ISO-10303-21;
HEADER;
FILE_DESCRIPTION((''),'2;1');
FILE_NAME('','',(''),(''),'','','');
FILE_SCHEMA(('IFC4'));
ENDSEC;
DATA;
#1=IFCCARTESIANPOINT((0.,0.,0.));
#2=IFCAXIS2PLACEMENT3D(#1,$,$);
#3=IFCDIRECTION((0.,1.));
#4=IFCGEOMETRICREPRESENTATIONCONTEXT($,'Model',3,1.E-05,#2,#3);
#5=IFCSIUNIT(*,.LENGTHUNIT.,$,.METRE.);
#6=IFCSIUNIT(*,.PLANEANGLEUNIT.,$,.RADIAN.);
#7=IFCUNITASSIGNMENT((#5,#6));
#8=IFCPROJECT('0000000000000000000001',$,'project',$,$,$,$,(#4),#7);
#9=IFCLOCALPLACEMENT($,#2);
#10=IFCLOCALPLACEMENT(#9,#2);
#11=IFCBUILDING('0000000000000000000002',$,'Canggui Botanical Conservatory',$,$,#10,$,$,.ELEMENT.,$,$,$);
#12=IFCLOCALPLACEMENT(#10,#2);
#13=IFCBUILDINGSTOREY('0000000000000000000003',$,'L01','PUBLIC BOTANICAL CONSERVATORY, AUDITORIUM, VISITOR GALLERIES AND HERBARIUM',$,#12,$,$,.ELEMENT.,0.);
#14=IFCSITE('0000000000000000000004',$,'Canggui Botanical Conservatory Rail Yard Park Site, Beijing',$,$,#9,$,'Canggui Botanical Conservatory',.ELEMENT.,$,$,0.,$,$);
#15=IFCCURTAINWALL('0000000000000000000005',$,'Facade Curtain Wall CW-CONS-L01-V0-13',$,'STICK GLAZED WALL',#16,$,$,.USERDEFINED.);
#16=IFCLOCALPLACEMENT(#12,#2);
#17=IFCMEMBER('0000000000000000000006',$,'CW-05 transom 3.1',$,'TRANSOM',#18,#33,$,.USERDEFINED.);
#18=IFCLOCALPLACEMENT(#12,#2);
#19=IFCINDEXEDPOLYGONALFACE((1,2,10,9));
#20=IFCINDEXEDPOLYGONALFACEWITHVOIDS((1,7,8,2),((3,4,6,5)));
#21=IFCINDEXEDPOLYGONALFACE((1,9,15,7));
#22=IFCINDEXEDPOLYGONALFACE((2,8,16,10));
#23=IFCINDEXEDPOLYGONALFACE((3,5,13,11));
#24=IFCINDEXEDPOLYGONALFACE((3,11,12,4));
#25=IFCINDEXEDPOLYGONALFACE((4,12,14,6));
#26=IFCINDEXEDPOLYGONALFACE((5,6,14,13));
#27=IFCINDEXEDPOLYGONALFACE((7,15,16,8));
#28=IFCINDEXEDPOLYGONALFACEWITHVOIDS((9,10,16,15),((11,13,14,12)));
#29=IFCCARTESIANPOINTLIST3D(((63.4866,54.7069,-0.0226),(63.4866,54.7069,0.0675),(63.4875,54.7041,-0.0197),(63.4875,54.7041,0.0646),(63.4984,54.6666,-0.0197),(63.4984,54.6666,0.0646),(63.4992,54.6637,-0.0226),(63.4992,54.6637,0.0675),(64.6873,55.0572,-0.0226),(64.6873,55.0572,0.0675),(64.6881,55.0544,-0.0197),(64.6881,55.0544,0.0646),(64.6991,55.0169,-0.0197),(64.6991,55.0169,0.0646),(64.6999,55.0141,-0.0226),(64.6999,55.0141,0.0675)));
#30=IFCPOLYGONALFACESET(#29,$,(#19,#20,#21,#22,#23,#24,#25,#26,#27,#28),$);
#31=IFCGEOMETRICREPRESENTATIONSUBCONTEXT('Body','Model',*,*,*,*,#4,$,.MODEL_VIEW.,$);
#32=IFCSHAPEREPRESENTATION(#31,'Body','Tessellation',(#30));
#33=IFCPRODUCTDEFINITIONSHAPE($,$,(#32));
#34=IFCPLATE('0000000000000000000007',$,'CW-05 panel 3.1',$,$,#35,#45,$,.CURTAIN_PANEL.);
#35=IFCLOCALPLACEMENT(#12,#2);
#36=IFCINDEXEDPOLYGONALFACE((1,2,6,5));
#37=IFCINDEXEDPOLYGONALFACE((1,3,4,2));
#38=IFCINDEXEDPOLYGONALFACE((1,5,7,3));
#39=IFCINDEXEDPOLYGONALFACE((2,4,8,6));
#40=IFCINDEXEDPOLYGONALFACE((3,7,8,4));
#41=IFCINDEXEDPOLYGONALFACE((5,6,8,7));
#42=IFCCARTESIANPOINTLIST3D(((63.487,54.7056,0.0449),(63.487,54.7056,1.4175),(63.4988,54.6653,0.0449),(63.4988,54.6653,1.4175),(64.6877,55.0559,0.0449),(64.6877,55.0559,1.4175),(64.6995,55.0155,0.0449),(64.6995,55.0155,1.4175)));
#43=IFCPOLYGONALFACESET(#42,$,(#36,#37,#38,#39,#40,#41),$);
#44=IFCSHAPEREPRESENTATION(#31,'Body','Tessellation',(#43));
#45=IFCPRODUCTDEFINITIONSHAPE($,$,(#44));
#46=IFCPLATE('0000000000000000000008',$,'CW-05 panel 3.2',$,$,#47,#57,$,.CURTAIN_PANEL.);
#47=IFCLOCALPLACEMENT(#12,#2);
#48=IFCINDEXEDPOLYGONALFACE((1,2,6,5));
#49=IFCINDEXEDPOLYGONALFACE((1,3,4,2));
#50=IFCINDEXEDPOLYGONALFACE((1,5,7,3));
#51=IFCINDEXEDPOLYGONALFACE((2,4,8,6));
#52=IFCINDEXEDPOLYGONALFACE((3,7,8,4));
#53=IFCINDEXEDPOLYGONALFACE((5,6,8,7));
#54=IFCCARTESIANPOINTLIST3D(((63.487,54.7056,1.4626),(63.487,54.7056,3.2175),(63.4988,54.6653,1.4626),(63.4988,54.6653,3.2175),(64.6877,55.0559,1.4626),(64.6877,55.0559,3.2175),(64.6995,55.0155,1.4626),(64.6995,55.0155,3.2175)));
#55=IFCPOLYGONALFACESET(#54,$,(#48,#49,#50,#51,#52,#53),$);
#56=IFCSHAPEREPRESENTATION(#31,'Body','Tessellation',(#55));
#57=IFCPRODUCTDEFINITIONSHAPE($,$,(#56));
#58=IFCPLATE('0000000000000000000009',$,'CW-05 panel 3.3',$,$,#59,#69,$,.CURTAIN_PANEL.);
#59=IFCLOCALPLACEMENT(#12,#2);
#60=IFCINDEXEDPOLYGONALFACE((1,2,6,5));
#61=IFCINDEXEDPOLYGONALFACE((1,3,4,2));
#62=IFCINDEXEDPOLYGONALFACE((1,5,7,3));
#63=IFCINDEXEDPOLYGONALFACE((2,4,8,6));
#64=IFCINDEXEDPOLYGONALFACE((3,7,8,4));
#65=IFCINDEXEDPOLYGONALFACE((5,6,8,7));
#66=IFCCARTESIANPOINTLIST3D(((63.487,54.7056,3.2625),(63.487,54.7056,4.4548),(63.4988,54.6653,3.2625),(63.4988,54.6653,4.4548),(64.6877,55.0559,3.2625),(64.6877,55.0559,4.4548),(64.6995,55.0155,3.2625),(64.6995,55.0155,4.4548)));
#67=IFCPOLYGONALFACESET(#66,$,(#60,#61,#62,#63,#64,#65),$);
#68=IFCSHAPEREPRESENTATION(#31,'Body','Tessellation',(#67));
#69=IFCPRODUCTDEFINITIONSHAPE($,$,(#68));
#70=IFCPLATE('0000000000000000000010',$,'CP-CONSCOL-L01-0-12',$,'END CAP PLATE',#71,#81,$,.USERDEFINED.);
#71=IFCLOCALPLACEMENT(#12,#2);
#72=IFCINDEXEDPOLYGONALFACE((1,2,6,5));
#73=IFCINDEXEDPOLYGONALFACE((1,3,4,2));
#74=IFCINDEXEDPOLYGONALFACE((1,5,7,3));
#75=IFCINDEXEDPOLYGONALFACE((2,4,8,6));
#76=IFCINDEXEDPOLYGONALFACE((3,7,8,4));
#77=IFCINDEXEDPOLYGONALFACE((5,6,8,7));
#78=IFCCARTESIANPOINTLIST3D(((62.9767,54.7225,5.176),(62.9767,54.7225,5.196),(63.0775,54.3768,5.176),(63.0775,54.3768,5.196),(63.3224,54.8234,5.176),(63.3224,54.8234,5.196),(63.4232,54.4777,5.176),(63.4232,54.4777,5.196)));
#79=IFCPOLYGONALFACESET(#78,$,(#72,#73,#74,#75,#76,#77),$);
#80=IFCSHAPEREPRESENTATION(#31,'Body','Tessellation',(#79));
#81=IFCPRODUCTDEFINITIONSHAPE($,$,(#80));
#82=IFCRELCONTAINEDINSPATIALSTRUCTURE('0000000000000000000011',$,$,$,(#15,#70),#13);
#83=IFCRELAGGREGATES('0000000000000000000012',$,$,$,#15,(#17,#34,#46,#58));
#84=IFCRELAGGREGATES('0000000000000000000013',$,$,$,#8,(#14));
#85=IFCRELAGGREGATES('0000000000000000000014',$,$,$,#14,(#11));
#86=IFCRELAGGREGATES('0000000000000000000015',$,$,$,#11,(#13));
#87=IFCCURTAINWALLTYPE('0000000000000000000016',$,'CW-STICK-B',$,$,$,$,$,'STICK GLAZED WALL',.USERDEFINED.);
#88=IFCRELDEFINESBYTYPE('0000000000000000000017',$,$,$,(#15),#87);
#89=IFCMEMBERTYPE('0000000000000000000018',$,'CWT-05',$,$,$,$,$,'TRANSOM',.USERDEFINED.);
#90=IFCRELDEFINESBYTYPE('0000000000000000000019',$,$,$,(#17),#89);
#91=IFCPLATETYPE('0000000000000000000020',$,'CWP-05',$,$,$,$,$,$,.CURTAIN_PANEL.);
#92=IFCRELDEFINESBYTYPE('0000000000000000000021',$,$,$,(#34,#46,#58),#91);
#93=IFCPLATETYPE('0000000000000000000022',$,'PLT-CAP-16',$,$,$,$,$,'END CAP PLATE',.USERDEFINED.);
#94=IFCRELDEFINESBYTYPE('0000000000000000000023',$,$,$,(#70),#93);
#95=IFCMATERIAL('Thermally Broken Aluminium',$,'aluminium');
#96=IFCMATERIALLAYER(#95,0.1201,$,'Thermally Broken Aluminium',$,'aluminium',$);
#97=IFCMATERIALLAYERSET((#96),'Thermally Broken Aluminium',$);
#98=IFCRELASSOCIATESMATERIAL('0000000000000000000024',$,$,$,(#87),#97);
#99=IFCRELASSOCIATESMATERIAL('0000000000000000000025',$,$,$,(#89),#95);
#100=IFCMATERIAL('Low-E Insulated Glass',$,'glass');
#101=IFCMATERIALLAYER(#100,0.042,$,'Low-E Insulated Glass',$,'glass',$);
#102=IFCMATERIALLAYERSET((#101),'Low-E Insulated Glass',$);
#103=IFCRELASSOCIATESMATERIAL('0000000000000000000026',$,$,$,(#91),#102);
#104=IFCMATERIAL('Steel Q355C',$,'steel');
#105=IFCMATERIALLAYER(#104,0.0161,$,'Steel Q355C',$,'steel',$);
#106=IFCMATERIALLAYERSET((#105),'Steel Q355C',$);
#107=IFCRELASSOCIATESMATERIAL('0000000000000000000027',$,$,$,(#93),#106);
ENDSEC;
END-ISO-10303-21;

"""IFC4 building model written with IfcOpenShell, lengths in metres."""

from ifc_helpers import new_model, si_unit, direction, frame, origin, origin_2d, place, context, subcontext, project, spatial, rectangle, hollow_rectangle, extrude, material, layer, layer_set, material_profile, profile_set, type_object, element, aggregate, save


model = new_model("IFC4")

# Units and contexts
model_context = context("Model", 3, precision=1e-05, world=origin(), true_north=direction((0.0, 1.0)))
body_context = subcontext(model_context, "Body", "Model", "MODEL_VIEW")
ifc_project = project(units=[si_unit("LENGTHUNIT", "METRE"), si_unit("PLANEANGLEUNIT", "RADIAN")], contexts=[model_context])

# Site, building, storey
site_placement = place(None, origin())
site = spatial("IfcSite", under=ifc_project, at=site_placement, Name="Canggui Botanical Conservatory Rail Yard Park Site, Beijing", LongName="Canggui Botanical Conservatory", CompositionType="ELEMENT", RefElevation=0.0)
building_placement = place(site_placement, origin())
building = spatial("IfcBuilding", under=site, at=building_placement, Name="Canggui Botanical Conservatory", CompositionType="ELEMENT")
storey_placement = place(building_placement, origin())
storey = spatial("IfcBuildingStorey", under=building, at=storey_placement, Name="L01", Description="PUBLIC BOTANICAL CONSERVATORY, AUDITORIUM, VISITOR GALLERIES AND HERBARIUM", CompositionType="ELEMENT", Elevation=0.0)

# Shared definitions
ifc_material_1 = material(Name="Steel Q355C", Category="steel")

# Curtain wall
ifc_material_2 = material(Name="Thermally Broken Aluminium", Category="aluminium")
ifc_layer_1 = layer(ifc_material_2, 0.1201, Name="Thermally Broken Aluminium", Category="aluminium")
ifc_layer_set_1 = layer_set([ifc_layer_1], Name="Thermally Broken Aluminium")
curtain_wall_type_1 = type_object("IfcCurtainWallType", Name="CW-STICK-B", ElementType="STICK GLAZED WALL", PredefinedType="USERDEFINED", material=ifc_layer_set_1)
curtain_wall_1_placement = place(storey_placement, origin())
curtain_wall_1 = element("IfcCurtainWall", 1, at=curtain_wall_1_placement, inside=storey, type_object=curtain_wall_type_1, Name="Facade Curtain Wall CW-CONS-L01-V0-13", ObjectType="STICK GLAZED WALL", PredefinedType="USERDEFINED")

# Member
ifc_material_profile_1 = material_profile(ifc_material_2, hollow_rectangle(XDim=0.0449, YDim=0.0901, WallThickness=0.0029, at=origin_2d()), Name="CWT 45x90x3")
ifc_profile_set_1 = profile_set([ifc_material_profile_1], Name="Thermally Broken Aluminium")
member_type_1 = type_object("IfcMemberType", Name="CWT-05", ElementType="TRANSOM", PredefinedType="USERDEFINED", material=ifc_profile_set_1)
member_1_placement = place(storey_placement, frame((64.6936, 55.0356, 0.0225), z_axis=(-0.959969, -0.280105, 0.0), x_axis=(0.280105, -0.959969, 0.0)))
member_1 = element("IfcMember", 2, at=member_1_placement, type_object=member_type_1, Name="CW-05 transom 3.1", ObjectType="TRANSOM", PredefinedType="USERDEFINED", context=body_context, shape_type="SweptSolid", body=[
    extrude(hollow_rectangle(XDim=0.0449, YDim=0.0901, WallThickness=0.0029, at=origin_2d()), origin(), (0.0, 0.0, 1.0), 1.2507),
])

# Plates
ifc_material_3 = material(Name="Low-E Insulated Glass", Category="glass")
ifc_layer_2 = layer(ifc_material_3, 0.042, Name="Low-E Insulated Glass", Category="glass")
ifc_layer_set_2 = layer_set([ifc_layer_2], Name="Low-E Insulated Glass")
plate_type_1 = type_object("IfcPlateType", Name="CWP-05", PredefinedType="CURTAIN_PANEL", material=ifc_layer_set_2)
plate_1_placement = place(storey_placement, frame((64.0933, 54.8606, 0.0449), z_axis=(0.0, 0.0, 1.0), x_axis=(-0.96, -0.28, 0.0)))
plate_1 = element("IfcPlate", 3, at=plate_1_placement, type_object=plate_type_1, Name="CW-05 panel 3.1", PredefinedType="CURTAIN_PANEL", context=body_context, shape_type="SweptSolid", body=[
    extrude(rectangle(XDim=1.2507, YDim=0.042, at=origin_2d()), origin(), (0.0, 0.0, 1.0), 1.3726),
])
plate_2_placement = place(storey_placement, frame((64.0933, 54.8606, 1.4626), z_axis=(0.0, 0.0, 1.0), x_axis=(-0.96, -0.28, 0.0)))
plate_2 = element("IfcPlate", 4, at=plate_2_placement, type_object=plate_type_1, Name="CW-05 panel 3.2", PredefinedType="CURTAIN_PANEL", context=body_context, shape_type="SweptSolid", body=[
    extrude(rectangle(XDim=1.2507, YDim=0.042, at=origin_2d()), origin(), (0.0, 0.0, 1.0), 1.7549),
])
plate_3_placement = place(storey_placement, frame((64.0933, 54.8606, 3.2625), z_axis=(0.0, 0.0, 1.0), x_axis=(-0.96, -0.28, 0.0)))
plate_3 = element("IfcPlate", 5, at=plate_3_placement, type_object=plate_type_1, Name="CW-05 panel 3.3", PredefinedType="CURTAIN_PANEL", context=body_context, shape_type="SweptSolid", body=[
    extrude(rectangle(XDim=1.2507, YDim=0.042, at=origin_2d()), origin(), (0.0, 0.0, 1.0), 1.1924),
])
aggregate(curtain_wall_1, [member_1, plate_1, plate_2, plate_3])
ifc_layer_3 = layer(ifc_material_1, 0.0161, Name="Steel Q355C", Category="steel")
ifc_layer_set_3 = layer_set([ifc_layer_3], Name="Steel Q355C")
plate_type_2 = type_object("IfcPlateType", Name="PLT-CAP-16", ElementType="END CAP PLATE", PredefinedType="USERDEFINED", material=ifc_layer_set_3)
plate_4_placement = place(storey_placement, frame((63.2, 54.6001, 5.176), z_axis=(0.0, 0.0, 1.0), x_axis=(0.96, 0.28, 0.0)))
element("IfcPlate", 6, at=plate_4_placement, inside=storey, type_object=plate_type_2, Name="CP-CONSCOL-L01-0-12", ObjectType="END CAP PLATE", PredefinedType="USERDEFINED", context=body_context, shape_type="SweptSolid", body=[
    extrude(rectangle(XDim=0.3601, YDim=0.3601, at=origin_2d()), origin(), (0.0, 0.0, 1.0), 0.02),
])

save(model, "model.ifc")
